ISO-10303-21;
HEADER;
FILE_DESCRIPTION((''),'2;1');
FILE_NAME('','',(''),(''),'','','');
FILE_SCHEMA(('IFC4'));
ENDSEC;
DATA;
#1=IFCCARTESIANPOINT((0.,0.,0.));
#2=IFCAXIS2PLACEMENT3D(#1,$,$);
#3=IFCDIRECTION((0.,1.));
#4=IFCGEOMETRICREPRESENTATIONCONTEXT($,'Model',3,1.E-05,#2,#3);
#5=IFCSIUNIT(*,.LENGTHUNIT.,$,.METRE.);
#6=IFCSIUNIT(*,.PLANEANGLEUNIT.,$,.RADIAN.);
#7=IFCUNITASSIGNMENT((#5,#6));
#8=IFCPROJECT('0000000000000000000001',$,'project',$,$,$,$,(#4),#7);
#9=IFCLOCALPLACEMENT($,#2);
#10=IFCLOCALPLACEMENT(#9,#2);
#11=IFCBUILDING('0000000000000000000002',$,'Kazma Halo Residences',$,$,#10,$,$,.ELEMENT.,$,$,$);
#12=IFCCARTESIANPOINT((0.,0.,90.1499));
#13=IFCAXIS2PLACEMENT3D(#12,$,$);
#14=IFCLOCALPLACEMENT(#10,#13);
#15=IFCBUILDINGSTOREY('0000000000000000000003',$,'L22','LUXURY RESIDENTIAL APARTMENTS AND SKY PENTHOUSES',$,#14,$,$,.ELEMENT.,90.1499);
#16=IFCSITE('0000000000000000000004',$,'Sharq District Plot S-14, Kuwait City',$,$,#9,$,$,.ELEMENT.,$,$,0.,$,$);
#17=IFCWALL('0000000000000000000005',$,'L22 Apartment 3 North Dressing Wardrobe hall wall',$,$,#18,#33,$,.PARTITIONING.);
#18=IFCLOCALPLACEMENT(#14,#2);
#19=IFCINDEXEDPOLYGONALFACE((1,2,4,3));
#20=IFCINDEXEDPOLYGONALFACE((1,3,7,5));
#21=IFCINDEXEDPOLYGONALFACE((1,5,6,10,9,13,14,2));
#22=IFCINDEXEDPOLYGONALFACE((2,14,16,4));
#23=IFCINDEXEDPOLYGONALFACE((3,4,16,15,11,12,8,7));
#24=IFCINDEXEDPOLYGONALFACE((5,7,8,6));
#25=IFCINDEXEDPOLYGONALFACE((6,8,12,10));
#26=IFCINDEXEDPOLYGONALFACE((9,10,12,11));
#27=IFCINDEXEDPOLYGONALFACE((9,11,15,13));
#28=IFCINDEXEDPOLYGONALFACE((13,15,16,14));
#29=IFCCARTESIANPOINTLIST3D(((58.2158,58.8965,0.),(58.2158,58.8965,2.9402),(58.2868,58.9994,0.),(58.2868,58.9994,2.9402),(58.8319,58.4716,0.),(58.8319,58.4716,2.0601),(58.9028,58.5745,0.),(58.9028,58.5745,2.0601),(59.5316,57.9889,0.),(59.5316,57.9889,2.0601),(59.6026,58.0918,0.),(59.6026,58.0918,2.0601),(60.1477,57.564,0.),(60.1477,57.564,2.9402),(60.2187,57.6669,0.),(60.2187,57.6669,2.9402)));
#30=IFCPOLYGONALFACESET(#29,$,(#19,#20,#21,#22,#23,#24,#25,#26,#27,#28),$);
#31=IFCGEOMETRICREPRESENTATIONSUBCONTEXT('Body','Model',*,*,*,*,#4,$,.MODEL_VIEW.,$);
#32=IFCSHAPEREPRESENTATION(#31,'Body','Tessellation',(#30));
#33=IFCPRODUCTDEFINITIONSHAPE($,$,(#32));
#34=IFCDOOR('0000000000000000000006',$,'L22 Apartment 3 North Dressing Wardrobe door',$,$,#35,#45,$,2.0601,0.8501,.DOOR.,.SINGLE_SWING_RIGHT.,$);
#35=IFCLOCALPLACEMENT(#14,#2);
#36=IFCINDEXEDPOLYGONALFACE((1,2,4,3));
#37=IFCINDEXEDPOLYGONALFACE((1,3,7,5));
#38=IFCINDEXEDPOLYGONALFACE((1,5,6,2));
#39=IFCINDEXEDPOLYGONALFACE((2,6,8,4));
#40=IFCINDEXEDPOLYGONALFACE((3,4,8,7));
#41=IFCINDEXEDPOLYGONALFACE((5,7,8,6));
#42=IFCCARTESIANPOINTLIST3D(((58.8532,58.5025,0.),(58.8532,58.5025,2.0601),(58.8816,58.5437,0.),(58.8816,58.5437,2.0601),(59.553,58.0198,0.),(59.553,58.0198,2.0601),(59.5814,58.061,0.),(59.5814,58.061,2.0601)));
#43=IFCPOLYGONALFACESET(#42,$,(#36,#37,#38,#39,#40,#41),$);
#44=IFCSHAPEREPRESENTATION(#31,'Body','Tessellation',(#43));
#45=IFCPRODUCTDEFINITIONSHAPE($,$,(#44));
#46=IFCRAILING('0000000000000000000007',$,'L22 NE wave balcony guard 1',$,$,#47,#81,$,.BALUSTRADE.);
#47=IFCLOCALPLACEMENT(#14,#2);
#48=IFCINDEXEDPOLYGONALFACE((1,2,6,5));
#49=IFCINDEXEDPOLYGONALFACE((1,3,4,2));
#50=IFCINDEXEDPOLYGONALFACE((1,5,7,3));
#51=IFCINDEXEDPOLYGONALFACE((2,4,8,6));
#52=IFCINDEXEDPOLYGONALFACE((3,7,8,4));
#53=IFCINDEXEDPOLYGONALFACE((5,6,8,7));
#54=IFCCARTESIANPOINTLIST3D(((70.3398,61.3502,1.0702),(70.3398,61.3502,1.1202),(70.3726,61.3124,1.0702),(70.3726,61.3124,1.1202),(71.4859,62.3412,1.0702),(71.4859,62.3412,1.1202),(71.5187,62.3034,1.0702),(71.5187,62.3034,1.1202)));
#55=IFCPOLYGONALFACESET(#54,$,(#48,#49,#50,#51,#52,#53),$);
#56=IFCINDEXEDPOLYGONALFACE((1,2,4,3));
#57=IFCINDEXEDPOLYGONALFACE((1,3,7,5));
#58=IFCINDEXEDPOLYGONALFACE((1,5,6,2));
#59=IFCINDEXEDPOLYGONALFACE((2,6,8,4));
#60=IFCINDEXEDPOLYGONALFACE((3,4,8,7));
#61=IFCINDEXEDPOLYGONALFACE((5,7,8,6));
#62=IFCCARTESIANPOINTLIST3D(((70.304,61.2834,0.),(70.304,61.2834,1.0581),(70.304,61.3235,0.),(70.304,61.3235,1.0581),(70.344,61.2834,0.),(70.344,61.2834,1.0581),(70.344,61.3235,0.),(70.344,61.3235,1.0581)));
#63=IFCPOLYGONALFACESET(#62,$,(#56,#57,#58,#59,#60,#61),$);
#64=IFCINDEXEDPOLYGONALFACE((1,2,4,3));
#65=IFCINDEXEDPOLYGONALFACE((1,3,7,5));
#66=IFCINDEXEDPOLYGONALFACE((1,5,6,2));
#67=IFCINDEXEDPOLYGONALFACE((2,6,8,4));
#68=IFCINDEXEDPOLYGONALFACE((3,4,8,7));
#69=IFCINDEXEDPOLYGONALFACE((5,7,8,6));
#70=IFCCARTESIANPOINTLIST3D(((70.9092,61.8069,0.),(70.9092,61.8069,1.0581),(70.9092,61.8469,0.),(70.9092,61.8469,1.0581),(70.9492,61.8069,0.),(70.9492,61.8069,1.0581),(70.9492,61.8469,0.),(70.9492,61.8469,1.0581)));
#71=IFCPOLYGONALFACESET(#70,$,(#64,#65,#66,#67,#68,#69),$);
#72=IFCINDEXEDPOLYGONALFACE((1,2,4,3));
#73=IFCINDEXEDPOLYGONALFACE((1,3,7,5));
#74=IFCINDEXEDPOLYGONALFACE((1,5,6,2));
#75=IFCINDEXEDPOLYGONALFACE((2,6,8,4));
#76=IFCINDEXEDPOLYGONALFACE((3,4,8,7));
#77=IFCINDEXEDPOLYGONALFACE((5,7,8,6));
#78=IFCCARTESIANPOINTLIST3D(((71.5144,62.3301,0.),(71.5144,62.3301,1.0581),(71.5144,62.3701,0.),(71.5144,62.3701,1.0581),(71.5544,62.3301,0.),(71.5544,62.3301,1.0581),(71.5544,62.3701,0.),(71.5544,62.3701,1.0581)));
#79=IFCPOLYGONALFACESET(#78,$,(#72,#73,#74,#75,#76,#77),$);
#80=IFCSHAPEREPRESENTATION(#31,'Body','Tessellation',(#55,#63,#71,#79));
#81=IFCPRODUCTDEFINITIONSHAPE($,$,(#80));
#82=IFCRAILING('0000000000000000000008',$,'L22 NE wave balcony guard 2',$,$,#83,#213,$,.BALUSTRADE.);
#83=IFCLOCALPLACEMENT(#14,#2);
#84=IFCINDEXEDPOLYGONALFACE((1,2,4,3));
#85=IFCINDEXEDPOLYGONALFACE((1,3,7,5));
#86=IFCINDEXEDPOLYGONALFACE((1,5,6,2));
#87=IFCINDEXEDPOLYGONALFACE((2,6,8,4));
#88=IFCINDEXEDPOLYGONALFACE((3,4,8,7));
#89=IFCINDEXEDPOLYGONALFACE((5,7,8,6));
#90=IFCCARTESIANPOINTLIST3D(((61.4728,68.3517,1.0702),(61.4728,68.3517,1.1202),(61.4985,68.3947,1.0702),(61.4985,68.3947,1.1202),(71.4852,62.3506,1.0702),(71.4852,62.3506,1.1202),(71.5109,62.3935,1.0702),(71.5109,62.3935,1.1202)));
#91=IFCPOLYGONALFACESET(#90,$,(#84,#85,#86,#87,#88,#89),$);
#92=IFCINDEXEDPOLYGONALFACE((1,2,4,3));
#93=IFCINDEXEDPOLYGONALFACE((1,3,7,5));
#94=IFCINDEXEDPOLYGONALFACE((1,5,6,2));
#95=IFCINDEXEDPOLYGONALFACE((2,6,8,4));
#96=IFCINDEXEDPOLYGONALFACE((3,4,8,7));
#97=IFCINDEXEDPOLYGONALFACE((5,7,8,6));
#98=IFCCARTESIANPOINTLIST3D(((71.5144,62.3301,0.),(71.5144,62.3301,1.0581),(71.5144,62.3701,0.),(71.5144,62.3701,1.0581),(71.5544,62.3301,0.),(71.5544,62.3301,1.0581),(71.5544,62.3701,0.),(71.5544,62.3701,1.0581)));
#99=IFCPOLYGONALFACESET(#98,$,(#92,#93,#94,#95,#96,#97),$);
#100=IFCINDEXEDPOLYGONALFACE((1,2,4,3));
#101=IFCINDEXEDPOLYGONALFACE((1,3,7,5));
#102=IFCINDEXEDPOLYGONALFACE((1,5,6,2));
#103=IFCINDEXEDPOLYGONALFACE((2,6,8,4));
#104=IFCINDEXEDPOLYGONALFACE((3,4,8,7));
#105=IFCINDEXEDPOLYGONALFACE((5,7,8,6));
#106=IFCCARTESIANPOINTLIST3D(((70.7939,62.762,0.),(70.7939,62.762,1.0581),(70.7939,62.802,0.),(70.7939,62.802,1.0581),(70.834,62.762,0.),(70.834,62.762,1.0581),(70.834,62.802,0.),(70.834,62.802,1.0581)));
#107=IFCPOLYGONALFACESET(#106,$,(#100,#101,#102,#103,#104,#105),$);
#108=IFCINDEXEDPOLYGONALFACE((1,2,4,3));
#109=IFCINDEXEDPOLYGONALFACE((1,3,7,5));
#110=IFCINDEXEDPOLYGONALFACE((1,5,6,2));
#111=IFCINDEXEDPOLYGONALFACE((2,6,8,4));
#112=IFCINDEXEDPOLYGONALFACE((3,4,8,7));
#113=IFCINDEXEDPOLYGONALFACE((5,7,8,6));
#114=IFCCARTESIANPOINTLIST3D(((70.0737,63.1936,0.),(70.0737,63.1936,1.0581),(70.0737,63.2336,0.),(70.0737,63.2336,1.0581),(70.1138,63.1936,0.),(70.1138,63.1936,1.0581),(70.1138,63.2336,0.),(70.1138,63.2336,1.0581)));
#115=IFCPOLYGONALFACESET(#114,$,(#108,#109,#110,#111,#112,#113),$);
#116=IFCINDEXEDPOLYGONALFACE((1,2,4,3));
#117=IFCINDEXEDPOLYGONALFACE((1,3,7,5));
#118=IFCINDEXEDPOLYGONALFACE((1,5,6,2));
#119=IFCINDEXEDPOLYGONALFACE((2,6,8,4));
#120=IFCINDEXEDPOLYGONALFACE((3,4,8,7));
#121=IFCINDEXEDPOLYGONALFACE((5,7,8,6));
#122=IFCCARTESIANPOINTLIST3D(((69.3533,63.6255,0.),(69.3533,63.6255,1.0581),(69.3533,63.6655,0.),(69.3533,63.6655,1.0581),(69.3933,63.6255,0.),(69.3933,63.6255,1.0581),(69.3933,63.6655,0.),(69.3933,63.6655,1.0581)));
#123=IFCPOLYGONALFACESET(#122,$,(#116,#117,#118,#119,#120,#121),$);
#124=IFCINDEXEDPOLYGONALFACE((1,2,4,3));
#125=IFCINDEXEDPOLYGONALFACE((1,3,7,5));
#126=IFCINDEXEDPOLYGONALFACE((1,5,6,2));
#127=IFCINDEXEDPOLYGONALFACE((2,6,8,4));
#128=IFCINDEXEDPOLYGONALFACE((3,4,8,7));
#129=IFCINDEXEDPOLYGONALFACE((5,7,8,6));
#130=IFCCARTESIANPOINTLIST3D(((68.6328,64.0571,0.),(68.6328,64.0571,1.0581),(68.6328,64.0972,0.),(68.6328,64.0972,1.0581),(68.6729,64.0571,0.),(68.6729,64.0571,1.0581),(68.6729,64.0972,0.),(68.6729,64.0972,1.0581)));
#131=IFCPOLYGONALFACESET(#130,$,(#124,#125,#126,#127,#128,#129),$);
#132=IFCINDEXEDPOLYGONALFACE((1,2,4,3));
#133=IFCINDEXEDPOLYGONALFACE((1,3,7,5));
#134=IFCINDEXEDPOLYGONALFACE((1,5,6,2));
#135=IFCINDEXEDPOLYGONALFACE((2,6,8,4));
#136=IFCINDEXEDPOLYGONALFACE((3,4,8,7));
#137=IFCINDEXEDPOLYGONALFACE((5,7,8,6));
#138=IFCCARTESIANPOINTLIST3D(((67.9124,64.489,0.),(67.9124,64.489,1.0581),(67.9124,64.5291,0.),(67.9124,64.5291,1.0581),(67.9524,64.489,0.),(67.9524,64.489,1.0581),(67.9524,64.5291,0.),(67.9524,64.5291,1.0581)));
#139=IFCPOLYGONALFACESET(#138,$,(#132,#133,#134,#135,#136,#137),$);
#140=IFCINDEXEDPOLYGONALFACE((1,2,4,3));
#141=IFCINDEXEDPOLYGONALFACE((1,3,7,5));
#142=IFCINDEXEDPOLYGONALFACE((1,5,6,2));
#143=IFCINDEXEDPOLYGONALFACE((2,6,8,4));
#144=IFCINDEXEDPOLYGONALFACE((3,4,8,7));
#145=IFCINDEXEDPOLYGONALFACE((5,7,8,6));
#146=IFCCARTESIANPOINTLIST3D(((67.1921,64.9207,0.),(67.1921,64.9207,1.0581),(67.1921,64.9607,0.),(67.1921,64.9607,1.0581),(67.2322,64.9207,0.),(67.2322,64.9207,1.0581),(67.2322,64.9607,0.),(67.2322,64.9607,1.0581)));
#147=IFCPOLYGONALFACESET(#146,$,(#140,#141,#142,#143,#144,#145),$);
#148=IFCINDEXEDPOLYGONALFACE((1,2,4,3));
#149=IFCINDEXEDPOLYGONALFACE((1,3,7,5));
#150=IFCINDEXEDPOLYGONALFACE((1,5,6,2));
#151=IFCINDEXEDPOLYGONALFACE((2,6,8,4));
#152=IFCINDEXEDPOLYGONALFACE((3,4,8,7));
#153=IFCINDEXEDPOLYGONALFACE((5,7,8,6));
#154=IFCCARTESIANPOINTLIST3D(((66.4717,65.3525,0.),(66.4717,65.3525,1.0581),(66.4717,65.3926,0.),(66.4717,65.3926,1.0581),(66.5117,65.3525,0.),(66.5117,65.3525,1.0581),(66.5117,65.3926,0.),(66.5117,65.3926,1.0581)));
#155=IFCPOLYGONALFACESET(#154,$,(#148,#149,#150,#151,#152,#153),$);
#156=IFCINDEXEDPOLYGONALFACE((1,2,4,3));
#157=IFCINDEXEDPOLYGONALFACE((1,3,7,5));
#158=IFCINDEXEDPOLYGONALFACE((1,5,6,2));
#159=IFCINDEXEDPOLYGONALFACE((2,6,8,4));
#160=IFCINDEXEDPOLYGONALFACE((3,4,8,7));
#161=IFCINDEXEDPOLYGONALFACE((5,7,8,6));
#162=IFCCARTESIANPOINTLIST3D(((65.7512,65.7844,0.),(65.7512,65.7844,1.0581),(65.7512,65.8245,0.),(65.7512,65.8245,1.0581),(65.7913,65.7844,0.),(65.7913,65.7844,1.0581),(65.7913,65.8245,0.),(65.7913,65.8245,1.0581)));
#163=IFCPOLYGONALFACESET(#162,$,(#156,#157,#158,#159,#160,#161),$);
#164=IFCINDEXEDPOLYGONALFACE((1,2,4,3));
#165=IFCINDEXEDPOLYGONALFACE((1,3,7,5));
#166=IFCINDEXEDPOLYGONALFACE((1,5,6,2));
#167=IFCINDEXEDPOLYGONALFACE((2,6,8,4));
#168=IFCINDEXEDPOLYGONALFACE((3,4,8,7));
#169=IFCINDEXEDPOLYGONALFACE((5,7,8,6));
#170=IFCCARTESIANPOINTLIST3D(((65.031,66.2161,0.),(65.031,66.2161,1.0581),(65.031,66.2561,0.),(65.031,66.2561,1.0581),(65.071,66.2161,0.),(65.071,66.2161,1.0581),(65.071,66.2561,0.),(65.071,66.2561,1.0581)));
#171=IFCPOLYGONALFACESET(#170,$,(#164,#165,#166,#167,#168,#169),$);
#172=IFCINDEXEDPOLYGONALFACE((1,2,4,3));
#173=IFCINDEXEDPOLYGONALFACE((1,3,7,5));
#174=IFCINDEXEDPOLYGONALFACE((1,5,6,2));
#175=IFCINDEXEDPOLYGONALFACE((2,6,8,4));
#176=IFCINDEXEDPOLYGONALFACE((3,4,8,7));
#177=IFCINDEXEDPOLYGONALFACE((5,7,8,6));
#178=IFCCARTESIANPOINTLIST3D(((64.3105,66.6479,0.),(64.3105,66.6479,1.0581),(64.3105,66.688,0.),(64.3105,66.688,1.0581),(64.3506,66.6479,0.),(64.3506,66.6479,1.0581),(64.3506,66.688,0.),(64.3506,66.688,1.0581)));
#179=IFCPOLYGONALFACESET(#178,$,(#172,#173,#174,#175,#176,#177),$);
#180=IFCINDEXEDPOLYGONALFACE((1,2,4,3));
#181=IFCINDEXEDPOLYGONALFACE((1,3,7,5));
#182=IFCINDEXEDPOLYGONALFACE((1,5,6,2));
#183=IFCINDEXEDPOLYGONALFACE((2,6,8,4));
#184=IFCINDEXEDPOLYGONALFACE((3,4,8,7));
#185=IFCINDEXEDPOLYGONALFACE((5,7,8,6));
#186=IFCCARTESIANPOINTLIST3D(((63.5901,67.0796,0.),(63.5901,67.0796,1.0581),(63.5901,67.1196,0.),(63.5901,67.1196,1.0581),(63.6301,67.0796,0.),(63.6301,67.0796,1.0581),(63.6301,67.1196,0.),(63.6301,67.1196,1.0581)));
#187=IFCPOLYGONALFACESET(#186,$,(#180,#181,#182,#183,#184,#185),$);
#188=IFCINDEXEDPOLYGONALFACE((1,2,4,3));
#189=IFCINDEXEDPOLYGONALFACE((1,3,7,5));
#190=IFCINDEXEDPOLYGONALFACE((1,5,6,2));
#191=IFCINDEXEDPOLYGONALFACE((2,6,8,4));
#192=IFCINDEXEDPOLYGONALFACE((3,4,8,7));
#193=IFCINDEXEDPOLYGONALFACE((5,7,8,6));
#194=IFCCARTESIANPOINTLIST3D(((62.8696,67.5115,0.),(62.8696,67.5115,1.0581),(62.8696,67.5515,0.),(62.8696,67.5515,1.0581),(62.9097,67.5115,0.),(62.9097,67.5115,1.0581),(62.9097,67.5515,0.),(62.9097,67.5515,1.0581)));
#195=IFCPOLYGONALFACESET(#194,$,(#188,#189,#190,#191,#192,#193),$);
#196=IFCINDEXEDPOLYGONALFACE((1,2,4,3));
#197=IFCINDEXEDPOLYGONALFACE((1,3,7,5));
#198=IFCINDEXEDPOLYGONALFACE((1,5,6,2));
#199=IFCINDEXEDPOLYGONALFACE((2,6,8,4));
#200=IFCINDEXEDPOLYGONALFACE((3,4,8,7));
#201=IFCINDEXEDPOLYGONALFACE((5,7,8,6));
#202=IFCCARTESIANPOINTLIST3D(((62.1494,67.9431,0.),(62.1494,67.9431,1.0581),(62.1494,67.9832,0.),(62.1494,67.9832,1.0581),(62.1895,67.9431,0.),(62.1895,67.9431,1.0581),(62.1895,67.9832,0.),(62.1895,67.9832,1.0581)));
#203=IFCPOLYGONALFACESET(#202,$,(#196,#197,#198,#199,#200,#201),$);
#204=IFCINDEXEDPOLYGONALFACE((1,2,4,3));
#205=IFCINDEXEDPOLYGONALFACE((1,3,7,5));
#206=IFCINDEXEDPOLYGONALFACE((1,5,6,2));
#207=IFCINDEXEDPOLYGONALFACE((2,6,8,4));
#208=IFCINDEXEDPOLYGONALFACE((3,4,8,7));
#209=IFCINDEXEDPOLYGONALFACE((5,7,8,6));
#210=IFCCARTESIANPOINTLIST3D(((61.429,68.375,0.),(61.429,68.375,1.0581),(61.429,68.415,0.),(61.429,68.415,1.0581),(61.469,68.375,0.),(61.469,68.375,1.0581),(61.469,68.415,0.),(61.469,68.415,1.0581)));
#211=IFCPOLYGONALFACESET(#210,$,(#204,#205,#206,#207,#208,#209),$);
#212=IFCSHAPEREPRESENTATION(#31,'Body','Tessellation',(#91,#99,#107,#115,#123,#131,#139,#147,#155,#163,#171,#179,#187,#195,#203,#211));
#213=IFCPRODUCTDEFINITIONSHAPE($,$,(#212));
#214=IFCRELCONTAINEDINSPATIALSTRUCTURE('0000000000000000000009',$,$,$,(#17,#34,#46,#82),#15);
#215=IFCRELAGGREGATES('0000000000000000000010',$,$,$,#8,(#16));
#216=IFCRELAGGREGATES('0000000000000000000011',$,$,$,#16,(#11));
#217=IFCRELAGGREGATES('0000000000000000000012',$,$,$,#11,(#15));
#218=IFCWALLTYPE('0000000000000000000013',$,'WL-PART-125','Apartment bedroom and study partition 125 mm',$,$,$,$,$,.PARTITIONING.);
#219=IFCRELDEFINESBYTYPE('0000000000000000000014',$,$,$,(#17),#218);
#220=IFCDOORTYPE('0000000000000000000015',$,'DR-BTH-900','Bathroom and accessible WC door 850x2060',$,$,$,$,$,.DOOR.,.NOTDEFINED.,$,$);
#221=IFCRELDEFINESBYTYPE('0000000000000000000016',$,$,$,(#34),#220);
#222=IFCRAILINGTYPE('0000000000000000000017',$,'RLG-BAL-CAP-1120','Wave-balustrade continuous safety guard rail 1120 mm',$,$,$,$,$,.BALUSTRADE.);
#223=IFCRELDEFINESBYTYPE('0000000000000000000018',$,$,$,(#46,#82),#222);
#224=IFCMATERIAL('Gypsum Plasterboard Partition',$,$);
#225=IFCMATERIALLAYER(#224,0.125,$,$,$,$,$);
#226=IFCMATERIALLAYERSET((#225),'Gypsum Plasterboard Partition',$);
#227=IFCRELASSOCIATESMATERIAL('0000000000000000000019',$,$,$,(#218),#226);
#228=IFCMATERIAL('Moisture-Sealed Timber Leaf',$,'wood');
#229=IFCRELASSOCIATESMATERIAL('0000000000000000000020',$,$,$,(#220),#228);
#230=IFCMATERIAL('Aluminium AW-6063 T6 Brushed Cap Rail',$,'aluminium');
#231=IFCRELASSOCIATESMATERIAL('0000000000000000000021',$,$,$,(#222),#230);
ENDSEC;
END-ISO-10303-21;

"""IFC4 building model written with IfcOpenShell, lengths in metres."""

from ifc_helpers import new_model, si_unit, direction, frame, frame_2d, origin, origin_2d, place, context, subcontext, project, spatial, rectangle, extrude, material, layer, layer_set, type_object, element, fill, save


model = new_model("IFC4")

# Units and contexts
model_context = context("Model", 3, precision=1e-05, world=origin(), true_north=direction((0.0, 1.0)))
body_context = subcontext(model_context, "Body", "Model", "MODEL_VIEW")
ifc_project = project(units=[si_unit("LENGTHUNIT", "METRE"), si_unit("PLANEANGLEUNIT", "RADIAN")], contexts=[model_context])

# Site, building, storey
site_placement = place(None, origin())
site = spatial("IfcSite", under=ifc_project, at=site_placement, Name="Sharq District Plot S-14, Kuwait City", CompositionType="ELEMENT", RefElevation=0.0)
building_placement = place(site_placement, origin())
building = spatial("IfcBuilding", under=site, at=building_placement, Name="Kazma Halo Residences", CompositionType="ELEMENT")
storey_placement = place(building_placement, frame((0.0, 0.0, 90.1499)))
storey = spatial("IfcBuildingStorey", under=building, at=storey_placement, Name="L22", Description="LUXURY RESIDENTIAL APARTMENTS AND SKY PENTHOUSES", CompositionType="ELEMENT", Elevation=90.1499)

# Shared definitions
ifc_material_1 = material(Name="Gypsum Plasterboard Partition")
ifc_layer_1 = layer(ifc_material_1, 0.125)
ifc_layer_set_1 = layer_set([ifc_layer_1], Name="Gypsum Plasterboard Partition")
wall_type_1 = type_object("IfcWallType", Name="WL-PART-125", Description="Apartment bedroom and study partition 125 mm", PredefinedType="PARTITIONING", material=ifc_layer_set_1)

# Wall, opening, door
wall_1_placement = place(storey_placement, frame((60.1831, 57.6155, 0.0), z_axis=(0.0, 0.0, 1.0), x_axis=(-0.823176, 0.567786, 0.0)))
wall_1 = element("IfcWall", 1, at=wall_1_placement, inside=storey, type_object=wall_type_1, Name="L22 Apartment 3 North Dressing Wardrobe hall wall", PredefinedType="PARTITIONING", context=body_context, shape_type="SweptSolid", body=[
    extrude(rectangle(XDim=2.3469, YDim=0.125, at=frame_2d((1.1733, 0.0))), origin(), (0.0, 0.0, 1.0), 2.9402),
])
opening_1_placement = place(wall_1_placement, frame((0.7483, 0.0, 0.0)))
opening_1 = element("IfcOpeningElement", 2, at=opening_1_placement, cuts=wall_1, PredefinedType="OPENING", context=body_context, shape_type="SweptSolid", body=[
    extrude(rectangle(XDim=0.8501, YDim=2.0601, at=frame_2d((0.425, 1.03))), frame((0.0, 0.0725, 0.0), z_axis=(0.0, -1.0, 0.0), x_axis=(1.0, 0.0, 0.0)), (0.0, 0.0, 1.0), 0.145),
])
ifc_material_2 = material(Name="Moisture-Sealed Timber Leaf", Category="wood")
door_type_1 = type_object("IfcDoorType", Name="DR-BTH-900", Description="Bathroom and accessible WC door 850x2060", OperationType="NOTDEFINED", PredefinedType="DOOR", material=ifc_material_2)
door_1_placement = place(opening_1_placement, origin())
door_1 = element("IfcDoor", 3, at=door_1_placement, inside=storey, type_object=door_type_1, Name="L22 Apartment 3 North Dressing Wardrobe door", OperationType="SINGLE_SWING_RIGHT", OverallHeight=2.0601, OverallWidth=0.8501, PredefinedType="DOOR", context=body_context, shape_type="SweptSolid", body=[
    extrude(rectangle(XDim=0.8501, YDim=2.0601, at=frame_2d((0.425, 1.03))), frame((0.0, 0.0249, 0.0), z_axis=(0.0, -1.0, 0.0), x_axis=(1.0, 0.0, 0.0)), (0.0, 0.0, 1.0), 0.05),
])
fill(opening_1, door_1)

# Railings
ifc_material_3 = material(Name="Aluminium AW-6063 T6 Brushed Cap Rail", Category="aluminium")
railing_type = type_object("IfcRailingType", Name="RLG-BAL-CAP-1120", Description="Wave-balustrade continuous safety guard rail 1120 mm", PredefinedType="BALUSTRADE", material=ifc_material_3)
railing_1_placement = place(storey_placement, frame((70.324, 61.3035, 0.0)))
element("IfcRailing", 4, at=railing_1_placement, inside=storey, type_object=railing_type, Name="L22 NE wave balcony guard 1", PredefinedType="BALUSTRADE", context=body_context, shape_type="SweptSolid", body=[
    extrude(rectangle(XDim=0.05, YDim=0.05, at=origin_2d()), frame((0.0322, 0.0278, 1.0952), z_axis=(0.756439, 0.654065, 0.0), x_axis=(-0.654065, 0.756439, 0.0)), (0.0, 0.0, 1.0), 1.5151),
    extrude(rectangle(XDim=0.04, YDim=0.04, at=origin_2d()), origin(), (0.0, 0.0, 1.0), 1.0581),
    extrude(rectangle(XDim=0.04, YDim=0.04, at=origin_2d()), frame((0.6052, 0.5234, 0.0)), (0.0, 0.0, 1.0), 1.0581),
    extrude(rectangle(XDim=0.04, YDim=0.04, at=origin_2d()), frame((1.2104, 1.0466, 0.0)), (0.0, 0.0, 1.0), 1.0581),
])
railing_2_placement = place(storey_placement, frame((71.5344, 62.3501, 0.0)))
element("IfcRailing", 5, at=railing_2_placement, inside=storey, type_object=railing_type, Name="L22 NE wave balcony guard 2", PredefinedType="BALUSTRADE", context=body_context, shape_type="SweptSolid", body=[
    extrude(rectangle(XDim=0.05, YDim=0.05, at=origin_2d()), frame((-0.0364, 0.022, 1.0952), z_axis=(-0.857731, 0.514099, 0.0), x_axis=(-0.514099, -0.857731, 0.0)), (0.0, 0.0, 1.0), 11.6731),
    extrude(rectangle(XDim=0.04, YDim=0.04, at=origin_2d()), origin(), (0.0, 0.0, 1.0), 1.0581),
    extrude(rectangle(XDim=0.04, YDim=0.04, at=origin_2d()), frame((-0.7205, 0.4319, 0.0)), (0.0, 0.0, 1.0), 1.0581),
    extrude(rectangle(XDim=0.04, YDim=0.04, at=origin_2d()), frame((-1.4407, 0.8635, 0.0)), (0.0, 0.0, 1.0), 1.0581),
    extrude(rectangle(XDim=0.04, YDim=0.04, at=origin_2d()), frame((-2.1611, 1.2954, 0.0)), (0.0, 0.0, 1.0), 1.0581),
    extrude(rectangle(XDim=0.04, YDim=0.04, at=origin_2d()), frame((-2.8816, 1.7271, 0.0)), (0.0, 0.0, 1.0), 1.0581),
    extrude(rectangle(XDim=0.04, YDim=0.04, at=origin_2d()), frame((-3.6021, 2.1589, 0.0)), (0.0, 0.0, 1.0), 1.0581),
    extrude(rectangle(XDim=0.04, YDim=0.04, at=origin_2d()), frame((-4.3223, 2.5906, 0.0)), (0.0, 0.0, 1.0), 1.0581),
    extrude(rectangle(XDim=0.04, YDim=0.04, at=origin_2d()), frame((-5.0427, 3.0225, 0.0)), (0.0, 0.0, 1.0), 1.0581),
    extrude(rectangle(XDim=0.04, YDim=0.04, at=origin_2d()), frame((-5.7632, 3.4543, 0.0)), (0.0, 0.0, 1.0), 1.0581),
    extrude(rectangle(XDim=0.04, YDim=0.04, at=origin_2d()), frame((-6.4834, 3.886, 0.0)), (0.0, 0.0, 1.0), 1.0581),
    extrude(rectangle(XDim=0.04, YDim=0.04, at=origin_2d()), frame((-7.2039, 4.3179, 0.0)), (0.0, 0.0, 1.0), 1.0581),
    extrude(rectangle(XDim=0.04, YDim=0.04, at=origin_2d()), frame((-7.9243, 4.7495, 0.0)), (0.0, 0.0, 1.0), 1.0581),
    extrude(rectangle(XDim=0.04, YDim=0.04, at=origin_2d()), frame((-8.6448, 5.1814, 0.0)), (0.0, 0.0, 1.0), 1.0581),
    extrude(rectangle(XDim=0.04, YDim=0.04, at=origin_2d()), frame((-9.365, 5.613, 0.0)), (0.0, 0.0, 1.0), 1.0581),
    extrude(rectangle(XDim=0.04, YDim=0.04, at=origin_2d()), frame((-10.0854, 6.0449, 0.0)), (0.0, 0.0, 1.0), 1.0581),
])

save(model, "model.ifc")
